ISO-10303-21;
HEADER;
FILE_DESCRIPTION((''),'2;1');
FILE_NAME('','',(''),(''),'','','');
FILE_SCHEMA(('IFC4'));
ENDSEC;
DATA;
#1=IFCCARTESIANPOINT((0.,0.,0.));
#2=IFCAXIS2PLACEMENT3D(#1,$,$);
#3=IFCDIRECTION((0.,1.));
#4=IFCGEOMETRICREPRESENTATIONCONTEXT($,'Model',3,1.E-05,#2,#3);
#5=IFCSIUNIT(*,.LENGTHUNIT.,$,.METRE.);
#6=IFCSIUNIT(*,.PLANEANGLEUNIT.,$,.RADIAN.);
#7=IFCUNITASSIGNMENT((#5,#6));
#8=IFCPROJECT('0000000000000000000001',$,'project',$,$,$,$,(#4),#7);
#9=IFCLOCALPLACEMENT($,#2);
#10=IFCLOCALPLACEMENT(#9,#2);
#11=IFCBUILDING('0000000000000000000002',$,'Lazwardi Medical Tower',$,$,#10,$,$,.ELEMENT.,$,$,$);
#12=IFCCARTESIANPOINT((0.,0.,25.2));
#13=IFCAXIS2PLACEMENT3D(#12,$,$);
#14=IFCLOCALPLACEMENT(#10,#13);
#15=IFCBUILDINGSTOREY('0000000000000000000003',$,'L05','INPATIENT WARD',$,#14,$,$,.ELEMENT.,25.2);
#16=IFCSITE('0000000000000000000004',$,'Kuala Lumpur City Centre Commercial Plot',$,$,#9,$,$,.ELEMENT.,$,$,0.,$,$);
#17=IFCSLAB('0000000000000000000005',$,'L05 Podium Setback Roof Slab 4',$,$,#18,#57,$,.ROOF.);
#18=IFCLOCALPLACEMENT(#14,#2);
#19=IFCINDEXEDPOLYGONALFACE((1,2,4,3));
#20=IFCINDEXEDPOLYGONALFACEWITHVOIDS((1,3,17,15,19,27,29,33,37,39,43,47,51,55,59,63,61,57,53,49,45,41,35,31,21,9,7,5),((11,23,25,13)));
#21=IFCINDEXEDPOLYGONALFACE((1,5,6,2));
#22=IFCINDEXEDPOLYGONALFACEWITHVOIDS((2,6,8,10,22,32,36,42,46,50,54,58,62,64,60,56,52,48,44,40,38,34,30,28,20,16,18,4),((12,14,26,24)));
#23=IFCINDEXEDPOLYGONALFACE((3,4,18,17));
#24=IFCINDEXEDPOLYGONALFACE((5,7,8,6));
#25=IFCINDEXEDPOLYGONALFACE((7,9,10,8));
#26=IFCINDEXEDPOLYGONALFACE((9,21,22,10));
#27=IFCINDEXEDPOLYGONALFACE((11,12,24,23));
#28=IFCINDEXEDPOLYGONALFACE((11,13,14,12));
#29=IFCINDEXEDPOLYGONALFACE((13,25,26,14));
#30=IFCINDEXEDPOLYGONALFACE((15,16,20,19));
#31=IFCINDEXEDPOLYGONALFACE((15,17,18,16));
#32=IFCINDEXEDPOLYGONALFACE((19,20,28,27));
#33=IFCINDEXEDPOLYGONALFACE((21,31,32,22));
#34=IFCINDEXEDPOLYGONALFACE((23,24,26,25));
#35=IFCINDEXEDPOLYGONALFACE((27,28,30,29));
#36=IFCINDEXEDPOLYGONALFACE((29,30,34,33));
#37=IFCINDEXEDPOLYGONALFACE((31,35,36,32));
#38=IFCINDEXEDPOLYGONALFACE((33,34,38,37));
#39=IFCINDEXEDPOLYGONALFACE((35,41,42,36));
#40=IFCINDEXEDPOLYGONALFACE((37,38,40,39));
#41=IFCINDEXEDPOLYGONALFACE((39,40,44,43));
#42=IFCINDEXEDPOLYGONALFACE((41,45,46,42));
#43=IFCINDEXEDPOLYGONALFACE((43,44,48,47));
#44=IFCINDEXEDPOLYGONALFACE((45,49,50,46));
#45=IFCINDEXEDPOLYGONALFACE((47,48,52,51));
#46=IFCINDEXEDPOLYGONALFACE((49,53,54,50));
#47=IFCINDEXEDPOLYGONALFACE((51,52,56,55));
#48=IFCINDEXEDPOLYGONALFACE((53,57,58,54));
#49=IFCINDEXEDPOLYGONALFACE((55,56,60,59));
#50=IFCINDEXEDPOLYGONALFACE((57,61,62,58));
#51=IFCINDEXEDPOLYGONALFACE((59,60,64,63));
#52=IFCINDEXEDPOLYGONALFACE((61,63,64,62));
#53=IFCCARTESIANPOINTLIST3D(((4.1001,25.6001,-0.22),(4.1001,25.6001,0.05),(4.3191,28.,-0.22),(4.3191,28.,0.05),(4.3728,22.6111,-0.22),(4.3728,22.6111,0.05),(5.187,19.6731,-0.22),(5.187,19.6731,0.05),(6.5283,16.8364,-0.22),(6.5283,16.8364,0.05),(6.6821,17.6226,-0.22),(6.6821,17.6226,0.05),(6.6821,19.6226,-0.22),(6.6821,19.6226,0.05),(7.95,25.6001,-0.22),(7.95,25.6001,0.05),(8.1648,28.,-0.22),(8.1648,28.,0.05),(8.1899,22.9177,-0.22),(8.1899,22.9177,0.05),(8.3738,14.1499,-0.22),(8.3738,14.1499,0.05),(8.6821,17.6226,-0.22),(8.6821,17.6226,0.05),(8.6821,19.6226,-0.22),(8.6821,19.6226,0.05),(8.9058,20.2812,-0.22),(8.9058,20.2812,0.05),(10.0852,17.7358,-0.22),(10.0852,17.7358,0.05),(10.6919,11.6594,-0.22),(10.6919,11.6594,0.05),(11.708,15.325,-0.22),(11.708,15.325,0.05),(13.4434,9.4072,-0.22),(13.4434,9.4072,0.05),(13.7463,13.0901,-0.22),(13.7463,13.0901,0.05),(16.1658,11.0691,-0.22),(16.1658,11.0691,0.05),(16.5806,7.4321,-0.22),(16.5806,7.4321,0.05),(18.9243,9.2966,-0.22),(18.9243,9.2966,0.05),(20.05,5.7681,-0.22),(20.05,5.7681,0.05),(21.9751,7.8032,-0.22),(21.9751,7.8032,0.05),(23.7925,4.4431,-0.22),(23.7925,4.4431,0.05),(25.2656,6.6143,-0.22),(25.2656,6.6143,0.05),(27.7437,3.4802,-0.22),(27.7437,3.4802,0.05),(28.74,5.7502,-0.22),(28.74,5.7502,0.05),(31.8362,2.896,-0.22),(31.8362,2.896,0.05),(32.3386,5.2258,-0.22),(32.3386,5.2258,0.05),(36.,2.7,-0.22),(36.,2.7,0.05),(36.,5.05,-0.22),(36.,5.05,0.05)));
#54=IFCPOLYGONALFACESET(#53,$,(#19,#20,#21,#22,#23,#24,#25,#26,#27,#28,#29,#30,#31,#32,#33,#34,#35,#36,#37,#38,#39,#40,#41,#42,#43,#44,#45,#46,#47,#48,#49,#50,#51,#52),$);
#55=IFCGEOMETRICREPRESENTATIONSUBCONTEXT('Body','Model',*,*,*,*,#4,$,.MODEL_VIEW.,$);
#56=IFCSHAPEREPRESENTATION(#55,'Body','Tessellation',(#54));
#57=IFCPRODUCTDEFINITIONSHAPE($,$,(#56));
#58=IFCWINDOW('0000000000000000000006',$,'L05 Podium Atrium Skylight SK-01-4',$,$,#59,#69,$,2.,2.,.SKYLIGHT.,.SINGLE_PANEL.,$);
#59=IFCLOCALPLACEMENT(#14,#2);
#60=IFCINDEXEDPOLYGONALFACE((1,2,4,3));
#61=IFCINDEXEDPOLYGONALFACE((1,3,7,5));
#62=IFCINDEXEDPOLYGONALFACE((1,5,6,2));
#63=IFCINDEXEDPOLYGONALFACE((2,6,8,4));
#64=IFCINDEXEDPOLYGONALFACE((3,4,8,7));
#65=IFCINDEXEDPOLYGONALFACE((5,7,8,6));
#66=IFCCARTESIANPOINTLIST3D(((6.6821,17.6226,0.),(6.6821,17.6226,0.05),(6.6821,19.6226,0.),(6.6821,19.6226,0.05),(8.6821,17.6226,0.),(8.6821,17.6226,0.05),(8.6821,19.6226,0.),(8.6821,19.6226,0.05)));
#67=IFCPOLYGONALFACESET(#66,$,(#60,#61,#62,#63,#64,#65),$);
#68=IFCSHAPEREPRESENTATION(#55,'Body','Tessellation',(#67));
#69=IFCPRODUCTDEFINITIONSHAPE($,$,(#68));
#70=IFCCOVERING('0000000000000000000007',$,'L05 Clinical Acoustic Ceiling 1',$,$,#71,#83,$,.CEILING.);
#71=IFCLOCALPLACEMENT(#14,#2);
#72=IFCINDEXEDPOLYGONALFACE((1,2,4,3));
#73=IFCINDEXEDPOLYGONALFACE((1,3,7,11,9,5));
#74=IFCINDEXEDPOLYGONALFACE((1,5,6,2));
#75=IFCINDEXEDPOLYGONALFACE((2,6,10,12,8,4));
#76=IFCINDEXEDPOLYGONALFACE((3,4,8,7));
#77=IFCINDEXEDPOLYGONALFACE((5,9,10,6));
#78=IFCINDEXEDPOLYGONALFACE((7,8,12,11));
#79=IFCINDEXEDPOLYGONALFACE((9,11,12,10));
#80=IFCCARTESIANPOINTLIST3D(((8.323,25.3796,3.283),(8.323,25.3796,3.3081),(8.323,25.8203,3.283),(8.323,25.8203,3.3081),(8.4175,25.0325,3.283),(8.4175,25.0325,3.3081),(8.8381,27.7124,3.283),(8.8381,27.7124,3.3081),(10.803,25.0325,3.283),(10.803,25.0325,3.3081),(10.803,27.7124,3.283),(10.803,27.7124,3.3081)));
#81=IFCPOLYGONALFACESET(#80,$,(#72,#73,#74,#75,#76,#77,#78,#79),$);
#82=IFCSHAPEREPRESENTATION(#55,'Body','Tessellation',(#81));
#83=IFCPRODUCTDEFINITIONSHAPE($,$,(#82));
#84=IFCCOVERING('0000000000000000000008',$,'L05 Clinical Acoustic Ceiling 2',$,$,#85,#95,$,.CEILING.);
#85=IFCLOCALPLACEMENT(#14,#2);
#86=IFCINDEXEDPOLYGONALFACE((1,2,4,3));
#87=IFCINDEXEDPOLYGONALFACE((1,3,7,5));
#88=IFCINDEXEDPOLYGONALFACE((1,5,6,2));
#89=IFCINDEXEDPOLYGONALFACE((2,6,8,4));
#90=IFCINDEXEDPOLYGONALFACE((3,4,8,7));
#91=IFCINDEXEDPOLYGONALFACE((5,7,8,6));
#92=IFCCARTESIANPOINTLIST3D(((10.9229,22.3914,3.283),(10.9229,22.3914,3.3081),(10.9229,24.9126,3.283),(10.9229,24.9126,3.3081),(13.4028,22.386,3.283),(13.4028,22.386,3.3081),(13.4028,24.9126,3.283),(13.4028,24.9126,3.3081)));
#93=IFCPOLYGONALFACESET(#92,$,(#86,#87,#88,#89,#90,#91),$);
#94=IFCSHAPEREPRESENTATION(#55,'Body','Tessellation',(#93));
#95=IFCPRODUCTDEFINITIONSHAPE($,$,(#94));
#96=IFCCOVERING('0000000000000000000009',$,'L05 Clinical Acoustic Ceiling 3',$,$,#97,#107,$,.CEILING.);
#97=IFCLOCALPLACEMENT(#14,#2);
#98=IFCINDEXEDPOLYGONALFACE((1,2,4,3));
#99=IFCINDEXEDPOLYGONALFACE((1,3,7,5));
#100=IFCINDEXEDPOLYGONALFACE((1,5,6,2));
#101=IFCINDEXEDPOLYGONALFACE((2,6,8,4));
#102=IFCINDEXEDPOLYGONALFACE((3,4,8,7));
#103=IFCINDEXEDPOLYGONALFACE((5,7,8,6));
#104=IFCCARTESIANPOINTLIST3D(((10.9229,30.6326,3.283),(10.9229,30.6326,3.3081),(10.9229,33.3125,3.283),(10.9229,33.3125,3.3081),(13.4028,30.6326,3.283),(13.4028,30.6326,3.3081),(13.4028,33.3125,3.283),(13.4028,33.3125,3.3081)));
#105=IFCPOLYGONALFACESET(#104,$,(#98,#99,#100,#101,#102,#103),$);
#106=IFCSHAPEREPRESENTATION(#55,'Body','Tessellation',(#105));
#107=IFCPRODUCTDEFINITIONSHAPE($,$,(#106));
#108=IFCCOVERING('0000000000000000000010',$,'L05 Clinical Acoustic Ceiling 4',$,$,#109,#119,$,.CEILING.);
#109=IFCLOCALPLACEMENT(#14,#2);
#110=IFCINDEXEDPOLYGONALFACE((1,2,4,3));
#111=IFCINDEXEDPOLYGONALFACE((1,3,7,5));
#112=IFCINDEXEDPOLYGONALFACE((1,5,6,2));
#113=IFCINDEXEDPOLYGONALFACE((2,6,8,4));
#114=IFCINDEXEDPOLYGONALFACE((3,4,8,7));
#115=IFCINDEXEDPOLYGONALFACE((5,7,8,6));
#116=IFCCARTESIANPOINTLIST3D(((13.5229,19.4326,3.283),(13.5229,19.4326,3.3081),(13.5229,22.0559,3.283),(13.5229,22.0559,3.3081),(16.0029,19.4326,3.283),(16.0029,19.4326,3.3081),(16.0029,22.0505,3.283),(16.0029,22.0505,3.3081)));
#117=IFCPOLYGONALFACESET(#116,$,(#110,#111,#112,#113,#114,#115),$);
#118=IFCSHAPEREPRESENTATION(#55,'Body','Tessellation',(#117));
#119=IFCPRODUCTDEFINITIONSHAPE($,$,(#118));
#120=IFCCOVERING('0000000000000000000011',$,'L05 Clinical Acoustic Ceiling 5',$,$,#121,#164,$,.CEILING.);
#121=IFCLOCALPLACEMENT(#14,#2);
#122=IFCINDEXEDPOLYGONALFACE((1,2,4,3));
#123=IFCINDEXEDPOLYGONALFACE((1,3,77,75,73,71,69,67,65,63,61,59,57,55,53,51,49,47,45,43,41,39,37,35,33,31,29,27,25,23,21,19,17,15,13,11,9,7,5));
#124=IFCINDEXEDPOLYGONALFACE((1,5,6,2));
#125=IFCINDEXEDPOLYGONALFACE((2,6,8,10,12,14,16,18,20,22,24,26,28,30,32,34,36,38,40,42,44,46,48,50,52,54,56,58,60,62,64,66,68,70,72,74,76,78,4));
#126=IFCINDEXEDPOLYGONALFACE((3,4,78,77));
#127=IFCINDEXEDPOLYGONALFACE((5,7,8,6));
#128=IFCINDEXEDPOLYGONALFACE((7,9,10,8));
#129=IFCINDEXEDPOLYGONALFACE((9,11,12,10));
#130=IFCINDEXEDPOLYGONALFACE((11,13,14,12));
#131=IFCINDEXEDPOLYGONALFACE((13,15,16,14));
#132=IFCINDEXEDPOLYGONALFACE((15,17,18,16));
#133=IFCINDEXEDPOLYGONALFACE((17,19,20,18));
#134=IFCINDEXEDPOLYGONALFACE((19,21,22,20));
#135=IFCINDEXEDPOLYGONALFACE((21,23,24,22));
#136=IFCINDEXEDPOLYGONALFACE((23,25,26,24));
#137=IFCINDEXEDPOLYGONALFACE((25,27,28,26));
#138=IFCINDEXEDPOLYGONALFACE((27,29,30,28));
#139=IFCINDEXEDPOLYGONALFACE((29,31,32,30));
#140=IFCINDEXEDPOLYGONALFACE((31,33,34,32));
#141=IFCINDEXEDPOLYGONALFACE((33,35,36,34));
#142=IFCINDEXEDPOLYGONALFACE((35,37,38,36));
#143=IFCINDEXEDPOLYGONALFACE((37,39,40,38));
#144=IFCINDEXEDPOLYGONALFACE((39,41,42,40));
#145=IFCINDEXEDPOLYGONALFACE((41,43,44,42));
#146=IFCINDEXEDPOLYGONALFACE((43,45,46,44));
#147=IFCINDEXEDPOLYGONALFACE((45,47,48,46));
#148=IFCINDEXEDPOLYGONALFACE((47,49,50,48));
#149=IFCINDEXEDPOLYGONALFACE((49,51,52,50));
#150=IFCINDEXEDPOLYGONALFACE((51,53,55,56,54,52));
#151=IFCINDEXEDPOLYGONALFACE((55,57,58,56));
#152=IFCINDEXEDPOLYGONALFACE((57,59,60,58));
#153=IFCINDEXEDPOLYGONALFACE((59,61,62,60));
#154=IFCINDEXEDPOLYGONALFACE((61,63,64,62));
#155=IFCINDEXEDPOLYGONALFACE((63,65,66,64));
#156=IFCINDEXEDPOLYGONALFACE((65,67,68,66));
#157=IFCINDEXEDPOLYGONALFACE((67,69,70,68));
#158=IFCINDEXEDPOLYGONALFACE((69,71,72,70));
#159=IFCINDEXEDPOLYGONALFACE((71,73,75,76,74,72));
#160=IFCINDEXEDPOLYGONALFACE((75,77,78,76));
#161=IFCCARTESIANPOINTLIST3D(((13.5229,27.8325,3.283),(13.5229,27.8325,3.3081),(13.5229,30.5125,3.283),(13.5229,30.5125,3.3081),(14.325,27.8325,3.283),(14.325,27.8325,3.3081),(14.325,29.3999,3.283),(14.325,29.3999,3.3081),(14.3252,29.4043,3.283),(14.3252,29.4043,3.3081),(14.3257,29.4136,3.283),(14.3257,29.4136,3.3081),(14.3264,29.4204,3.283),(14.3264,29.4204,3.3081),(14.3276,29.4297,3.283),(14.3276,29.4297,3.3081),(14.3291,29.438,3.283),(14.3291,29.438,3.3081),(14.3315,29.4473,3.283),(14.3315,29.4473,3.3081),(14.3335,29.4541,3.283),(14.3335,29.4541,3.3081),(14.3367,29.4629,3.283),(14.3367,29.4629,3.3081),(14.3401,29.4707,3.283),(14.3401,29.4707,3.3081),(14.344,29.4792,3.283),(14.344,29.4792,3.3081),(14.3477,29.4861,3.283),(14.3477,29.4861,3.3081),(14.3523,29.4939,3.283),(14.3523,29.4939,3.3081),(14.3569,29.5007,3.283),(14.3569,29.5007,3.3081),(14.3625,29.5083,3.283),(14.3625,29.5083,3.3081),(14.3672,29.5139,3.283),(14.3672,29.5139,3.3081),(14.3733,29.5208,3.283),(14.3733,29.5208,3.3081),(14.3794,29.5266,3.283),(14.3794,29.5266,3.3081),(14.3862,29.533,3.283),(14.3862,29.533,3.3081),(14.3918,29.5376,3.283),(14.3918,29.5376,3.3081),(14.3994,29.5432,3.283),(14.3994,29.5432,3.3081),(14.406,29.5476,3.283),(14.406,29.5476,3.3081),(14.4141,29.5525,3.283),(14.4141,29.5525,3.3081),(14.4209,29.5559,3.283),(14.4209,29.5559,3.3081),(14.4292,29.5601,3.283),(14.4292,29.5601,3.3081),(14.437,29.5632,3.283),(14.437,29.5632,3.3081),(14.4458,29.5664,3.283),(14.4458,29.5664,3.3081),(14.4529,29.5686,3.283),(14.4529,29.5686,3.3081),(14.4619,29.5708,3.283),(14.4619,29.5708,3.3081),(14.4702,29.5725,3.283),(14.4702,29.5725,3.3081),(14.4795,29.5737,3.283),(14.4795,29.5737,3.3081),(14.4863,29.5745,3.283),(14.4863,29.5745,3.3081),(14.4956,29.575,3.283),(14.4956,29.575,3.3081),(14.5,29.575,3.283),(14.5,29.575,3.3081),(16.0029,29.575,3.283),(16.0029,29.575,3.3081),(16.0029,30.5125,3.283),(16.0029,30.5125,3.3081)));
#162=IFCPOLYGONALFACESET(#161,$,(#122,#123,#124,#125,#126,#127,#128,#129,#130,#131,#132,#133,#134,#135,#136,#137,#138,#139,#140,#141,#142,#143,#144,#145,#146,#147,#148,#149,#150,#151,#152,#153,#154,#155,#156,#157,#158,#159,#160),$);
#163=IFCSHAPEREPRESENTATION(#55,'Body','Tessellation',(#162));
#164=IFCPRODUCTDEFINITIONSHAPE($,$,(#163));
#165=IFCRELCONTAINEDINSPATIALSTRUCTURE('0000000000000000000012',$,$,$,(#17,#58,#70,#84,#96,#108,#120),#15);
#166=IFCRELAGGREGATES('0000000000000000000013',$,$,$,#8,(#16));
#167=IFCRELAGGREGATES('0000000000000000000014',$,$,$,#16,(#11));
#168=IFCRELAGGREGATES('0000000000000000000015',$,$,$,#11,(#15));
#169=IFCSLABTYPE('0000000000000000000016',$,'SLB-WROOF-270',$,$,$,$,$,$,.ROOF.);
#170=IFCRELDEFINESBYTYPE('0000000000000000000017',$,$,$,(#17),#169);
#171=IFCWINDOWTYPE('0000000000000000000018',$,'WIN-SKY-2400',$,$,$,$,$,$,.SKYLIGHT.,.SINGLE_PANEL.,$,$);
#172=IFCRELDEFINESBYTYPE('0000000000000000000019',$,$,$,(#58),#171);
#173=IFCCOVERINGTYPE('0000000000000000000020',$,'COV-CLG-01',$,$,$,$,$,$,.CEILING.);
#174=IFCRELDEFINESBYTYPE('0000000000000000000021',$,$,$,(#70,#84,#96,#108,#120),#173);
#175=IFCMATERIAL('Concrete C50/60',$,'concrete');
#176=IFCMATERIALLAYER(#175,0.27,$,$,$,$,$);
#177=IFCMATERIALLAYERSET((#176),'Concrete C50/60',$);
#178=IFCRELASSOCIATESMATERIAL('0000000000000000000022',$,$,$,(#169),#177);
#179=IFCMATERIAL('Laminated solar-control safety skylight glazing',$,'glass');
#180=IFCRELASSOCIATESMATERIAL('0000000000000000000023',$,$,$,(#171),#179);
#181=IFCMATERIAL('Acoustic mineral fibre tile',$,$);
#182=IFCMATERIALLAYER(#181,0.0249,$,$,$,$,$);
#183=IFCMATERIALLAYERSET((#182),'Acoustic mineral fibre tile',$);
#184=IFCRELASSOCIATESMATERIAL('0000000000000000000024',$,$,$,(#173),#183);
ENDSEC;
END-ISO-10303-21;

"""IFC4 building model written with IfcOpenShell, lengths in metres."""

from ifc_helpers import new_model, si_unit, direction, frame, origin, origin_2d, place, context, subcontext, project, spatial, polyline, rectangle, outline, extrude, material, layer, layer_set, type_object, element, fill, save


model = new_model("IFC4")

# Units and contexts
model_context = context("Model", 3, precision=1e-05, world=origin(), true_north=direction((0.0, 1.0)))
body_context = subcontext(model_context, "Body", "Model", "MODEL_VIEW")
ifc_project = project(units=[si_unit("LENGTHUNIT", "METRE"), si_unit("PLANEANGLEUNIT", "RADIAN")], contexts=[model_context])

# Site, building, storey
site_placement = place(None, origin())
site = spatial("IfcSite", under=ifc_project, at=site_placement, Name="Kuala Lumpur City Centre Commercial Plot", CompositionType="ELEMENT", RefElevation=0.0)
building_placement = place(site_placement, origin())
building = spatial("IfcBuilding", under=site, at=building_placement, Name="Lazwardi Medical Tower", CompositionType="ELEMENT")
storey_placement = place(building_placement, frame((0.0, 0.0, 25.2)))
storey = spatial("IfcBuildingStorey", under=building, at=storey_placement, Name="L05", Description="INPATIENT WARD", CompositionType="ELEMENT", Elevation=25.2)

# Shared definitions
ifc_material_1 = material(Name="Concrete C50/60", Category="concrete")

# Slab, opening, window
ifc_layer_1 = layer(ifc_material_1, 0.27)
ifc_layer_set_1 = layer_set([ifc_layer_1], Name="Concrete C50/60")
slab_type_1 = type_object("IfcSlabType", Name="SLB-WROOF-270", PredefinedType="ROOF", material=ifc_layer_set_1)
ifc_material_2 = material(Name="Laminated solar-control safety skylight glazing", Category="glass")
window_type = type_object("IfcWindowType", Name="WIN-SKY-2400", PartitioningType="SINGLE_PANEL", PredefinedType="SKYLIGHT", material=ifc_material_2)
slab_1_placement = place(storey_placement, frame((0.0, 0.0, -0.22)))
slab_1 = element("IfcSlab", 1, at=slab_1_placement, inside=storey, type_object=slab_type_1, Name="L05 Podium Setback Roof Slab 4", PredefinedType="ROOF", context=body_context, shape_type="SweptSolid", body=[
    extrude(outline(polyline([(36.0, 2.7), (36.0, 5.05), (32.3386, 5.2258), (28.74, 5.7502), (25.2656, 6.6143), (21.9751, 7.8032), (18.9243, 9.2966), (16.1658, 11.0691), (13.7463, 13.0901), (11.708, 15.325), (10.0852, 17.7358), (8.9058, 20.2812), (8.1899, 22.9177), (7.95, 25.6001), (8.1648, 28.0), (4.3191, 28.0), (4.1001, 25.6001), (4.3728, 22.6111), (5.187, 19.6731), (6.5283, 16.8364), (8.3738, 14.1499), (10.6919, 11.6594), (13.4434, 9.4072), (16.5806, 7.4321), (20.05, 5.7681), (23.7925, 4.4431), (27.7437, 3.4802), (31.8362, 2.896), (36.0, 2.7)])), origin(), (0.0, 0.0, 1.0), 0.27),
])
opening_1_placement = place(slab_1_placement, frame((7.6821, 18.6226, 0.0)))
opening_1 = element("IfcOpeningElement", 2, at=opening_1_placement, cuts=slab_1, PredefinedType="OPENING", context=body_context, shape_type="SweptSolid", body=[
    extrude(rectangle(XDim=2.0, YDim=2.0, at=origin_2d()), origin(), (0.0, 0.0, 1.0), 0.27),
])
window_1_placement = place(opening_1_placement, frame((0.0, 0.0, 0.22)))
window_1 = element("IfcWindow", 3, at=window_1_placement, inside=storey, type_object=window_type, Name="L05 Podium Atrium Skylight SK-01-4", OverallHeight=2.0, OverallWidth=2.0, PartitioningType="SINGLE_PANEL", PredefinedType="SKYLIGHT", context=body_context, shape_type="SweptSolid", body=[
    extrude(rectangle(XDim=2.0, YDim=2.0, at=origin_2d()), origin(), (0.0, 0.0, 1.0), 0.05),
])
fill(opening_1, window_1)

# Coverings
ifc_material_3 = material(Name="Acoustic mineral fibre tile")
ifc_layer_2 = layer(ifc_material_3, 0.0249)
ifc_layer_set_2 = layer_set([ifc_layer_2], Name="Acoustic mineral fibre tile")
covering_type_1 = type_object("IfcCoveringType", Name="COV-CLG-01", PredefinedType="CEILING", material=ifc_layer_set_2)
covering_1_placement = place(storey_placement, frame((0.0, 0.0, 3.283)))
element("IfcCovering", 4, at=covering_1_placement, inside=storey, type_object=covering_type_1, Name="L05 Clinical Acoustic Ceiling 1", PredefinedType="CEILING", context=body_context, shape_type="SweptSolid", body=[
    extrude(outline(polyline([(8.8381, 27.7124), (8.323, 25.8203), (8.323, 25.3796), (8.4175, 25.0325), (10.803, 25.0325), (10.803, 27.7124), (8.8381, 27.7124)])), origin(), (0.0, 0.0, 1.0), 0.0251),
])
covering_2_placement = place(storey_placement, frame((0.0, 0.0, 3.283)))
element("IfcCovering", 5, at=covering_2_placement, inside=storey, type_object=covering_type_1, Name="L05 Clinical Acoustic Ceiling 2", PredefinedType="CEILING", context=body_context, shape_type="SweptSolid", body=[
    extrude(outline(polyline([(10.9229, 22.3914), (13.4028, 22.386), (13.4028, 24.9126), (10.9229, 24.9126), (10.9229, 22.3914)])), origin(), (0.0, 0.0, 1.0), 0.0251),
])
covering_3_placement = place(storey_placement, frame((0.0, 0.0, 3.283)))
element("IfcCovering", 6, at=covering_3_placement, inside=storey, type_object=covering_type_1, Name="L05 Clinical Acoustic Ceiling 3", PredefinedType="CEILING", context=body_context, shape_type="SweptSolid", body=[
    extrude(outline(polyline([(13.4028, 30.6326), (13.4028, 33.3125), (10.9229, 33.3125), (10.9229, 30.6326), (13.4028, 30.6326)])), origin(), (0.0, 0.0, 1.0), 0.0251),
])
covering_4_placement = place(storey_placement, frame((0.0, 0.0, 3.283)))
element("IfcCovering", 7, at=covering_4_placement, inside=storey, type_object=covering_type_1, Name="L05 Clinical Acoustic Ceiling 4", PredefinedType="CEILING", context=body_context, shape_type="SweptSolid", body=[
    extrude(outline(polyline([(16.0029, 22.0505), (13.5229, 22.0559), (13.5229, 19.4326), (16.0029, 19.4326), (16.0029, 22.0505)])), origin(), (0.0, 0.0, 1.0), 0.0251),
])
covering_5_placement = place(storey_placement, frame((0.0, 0.0, 3.283)))
element("IfcCovering", 8, at=covering_5_placement, inside=storey, type_object=covering_type_1, Name="L05 Clinical Acoustic Ceiling 5", PredefinedType="CEILING", context=body_context, shape_type="SweptSolid", body=[
    extrude(outline(polyline([(14.325, 27.8325), (14.325, 29.3999), (14.3252, 29.4043), (14.3257, 29.4136), (14.3264, 29.4204), (14.3276, 29.4297), (14.3291, 29.438), (14.3315, 29.4473), (14.3335, 29.4541), (14.3367, 29.4629), (14.3401, 29.4707), (14.344, 29.4792), (14.3477, 29.4861), (14.3523, 29.4939), (14.3569, 29.5007), (14.3625, 29.5083), (14.3672, 29.5139), (14.3733, 29.5208), (14.3794, 29.5266), (14.3862, 29.533), (14.3918, 29.5376), (14.3994, 29.5432), (14.406, 29.5476), (14.4141, 29.5525), (14.4209, 29.5559), (14.4292, 29.5601), (14.437, 29.5632), (14.4458, 29.5664), (14.4529, 29.5686), (14.4619, 29.5708), (14.4702, 29.5725), (14.4795, 29.5737), (14.4863, 29.5745), (14.4956, 29.575), (14.5, 29.575), (16.0029, 29.575), (16.0029, 30.5125), (13.5229, 30.5125), (13.5229, 27.8325), (14.325, 27.8325)])), origin(), (0.0, 0.0, 1.0), 0.0251),
])

save(model, "model.ifc")
